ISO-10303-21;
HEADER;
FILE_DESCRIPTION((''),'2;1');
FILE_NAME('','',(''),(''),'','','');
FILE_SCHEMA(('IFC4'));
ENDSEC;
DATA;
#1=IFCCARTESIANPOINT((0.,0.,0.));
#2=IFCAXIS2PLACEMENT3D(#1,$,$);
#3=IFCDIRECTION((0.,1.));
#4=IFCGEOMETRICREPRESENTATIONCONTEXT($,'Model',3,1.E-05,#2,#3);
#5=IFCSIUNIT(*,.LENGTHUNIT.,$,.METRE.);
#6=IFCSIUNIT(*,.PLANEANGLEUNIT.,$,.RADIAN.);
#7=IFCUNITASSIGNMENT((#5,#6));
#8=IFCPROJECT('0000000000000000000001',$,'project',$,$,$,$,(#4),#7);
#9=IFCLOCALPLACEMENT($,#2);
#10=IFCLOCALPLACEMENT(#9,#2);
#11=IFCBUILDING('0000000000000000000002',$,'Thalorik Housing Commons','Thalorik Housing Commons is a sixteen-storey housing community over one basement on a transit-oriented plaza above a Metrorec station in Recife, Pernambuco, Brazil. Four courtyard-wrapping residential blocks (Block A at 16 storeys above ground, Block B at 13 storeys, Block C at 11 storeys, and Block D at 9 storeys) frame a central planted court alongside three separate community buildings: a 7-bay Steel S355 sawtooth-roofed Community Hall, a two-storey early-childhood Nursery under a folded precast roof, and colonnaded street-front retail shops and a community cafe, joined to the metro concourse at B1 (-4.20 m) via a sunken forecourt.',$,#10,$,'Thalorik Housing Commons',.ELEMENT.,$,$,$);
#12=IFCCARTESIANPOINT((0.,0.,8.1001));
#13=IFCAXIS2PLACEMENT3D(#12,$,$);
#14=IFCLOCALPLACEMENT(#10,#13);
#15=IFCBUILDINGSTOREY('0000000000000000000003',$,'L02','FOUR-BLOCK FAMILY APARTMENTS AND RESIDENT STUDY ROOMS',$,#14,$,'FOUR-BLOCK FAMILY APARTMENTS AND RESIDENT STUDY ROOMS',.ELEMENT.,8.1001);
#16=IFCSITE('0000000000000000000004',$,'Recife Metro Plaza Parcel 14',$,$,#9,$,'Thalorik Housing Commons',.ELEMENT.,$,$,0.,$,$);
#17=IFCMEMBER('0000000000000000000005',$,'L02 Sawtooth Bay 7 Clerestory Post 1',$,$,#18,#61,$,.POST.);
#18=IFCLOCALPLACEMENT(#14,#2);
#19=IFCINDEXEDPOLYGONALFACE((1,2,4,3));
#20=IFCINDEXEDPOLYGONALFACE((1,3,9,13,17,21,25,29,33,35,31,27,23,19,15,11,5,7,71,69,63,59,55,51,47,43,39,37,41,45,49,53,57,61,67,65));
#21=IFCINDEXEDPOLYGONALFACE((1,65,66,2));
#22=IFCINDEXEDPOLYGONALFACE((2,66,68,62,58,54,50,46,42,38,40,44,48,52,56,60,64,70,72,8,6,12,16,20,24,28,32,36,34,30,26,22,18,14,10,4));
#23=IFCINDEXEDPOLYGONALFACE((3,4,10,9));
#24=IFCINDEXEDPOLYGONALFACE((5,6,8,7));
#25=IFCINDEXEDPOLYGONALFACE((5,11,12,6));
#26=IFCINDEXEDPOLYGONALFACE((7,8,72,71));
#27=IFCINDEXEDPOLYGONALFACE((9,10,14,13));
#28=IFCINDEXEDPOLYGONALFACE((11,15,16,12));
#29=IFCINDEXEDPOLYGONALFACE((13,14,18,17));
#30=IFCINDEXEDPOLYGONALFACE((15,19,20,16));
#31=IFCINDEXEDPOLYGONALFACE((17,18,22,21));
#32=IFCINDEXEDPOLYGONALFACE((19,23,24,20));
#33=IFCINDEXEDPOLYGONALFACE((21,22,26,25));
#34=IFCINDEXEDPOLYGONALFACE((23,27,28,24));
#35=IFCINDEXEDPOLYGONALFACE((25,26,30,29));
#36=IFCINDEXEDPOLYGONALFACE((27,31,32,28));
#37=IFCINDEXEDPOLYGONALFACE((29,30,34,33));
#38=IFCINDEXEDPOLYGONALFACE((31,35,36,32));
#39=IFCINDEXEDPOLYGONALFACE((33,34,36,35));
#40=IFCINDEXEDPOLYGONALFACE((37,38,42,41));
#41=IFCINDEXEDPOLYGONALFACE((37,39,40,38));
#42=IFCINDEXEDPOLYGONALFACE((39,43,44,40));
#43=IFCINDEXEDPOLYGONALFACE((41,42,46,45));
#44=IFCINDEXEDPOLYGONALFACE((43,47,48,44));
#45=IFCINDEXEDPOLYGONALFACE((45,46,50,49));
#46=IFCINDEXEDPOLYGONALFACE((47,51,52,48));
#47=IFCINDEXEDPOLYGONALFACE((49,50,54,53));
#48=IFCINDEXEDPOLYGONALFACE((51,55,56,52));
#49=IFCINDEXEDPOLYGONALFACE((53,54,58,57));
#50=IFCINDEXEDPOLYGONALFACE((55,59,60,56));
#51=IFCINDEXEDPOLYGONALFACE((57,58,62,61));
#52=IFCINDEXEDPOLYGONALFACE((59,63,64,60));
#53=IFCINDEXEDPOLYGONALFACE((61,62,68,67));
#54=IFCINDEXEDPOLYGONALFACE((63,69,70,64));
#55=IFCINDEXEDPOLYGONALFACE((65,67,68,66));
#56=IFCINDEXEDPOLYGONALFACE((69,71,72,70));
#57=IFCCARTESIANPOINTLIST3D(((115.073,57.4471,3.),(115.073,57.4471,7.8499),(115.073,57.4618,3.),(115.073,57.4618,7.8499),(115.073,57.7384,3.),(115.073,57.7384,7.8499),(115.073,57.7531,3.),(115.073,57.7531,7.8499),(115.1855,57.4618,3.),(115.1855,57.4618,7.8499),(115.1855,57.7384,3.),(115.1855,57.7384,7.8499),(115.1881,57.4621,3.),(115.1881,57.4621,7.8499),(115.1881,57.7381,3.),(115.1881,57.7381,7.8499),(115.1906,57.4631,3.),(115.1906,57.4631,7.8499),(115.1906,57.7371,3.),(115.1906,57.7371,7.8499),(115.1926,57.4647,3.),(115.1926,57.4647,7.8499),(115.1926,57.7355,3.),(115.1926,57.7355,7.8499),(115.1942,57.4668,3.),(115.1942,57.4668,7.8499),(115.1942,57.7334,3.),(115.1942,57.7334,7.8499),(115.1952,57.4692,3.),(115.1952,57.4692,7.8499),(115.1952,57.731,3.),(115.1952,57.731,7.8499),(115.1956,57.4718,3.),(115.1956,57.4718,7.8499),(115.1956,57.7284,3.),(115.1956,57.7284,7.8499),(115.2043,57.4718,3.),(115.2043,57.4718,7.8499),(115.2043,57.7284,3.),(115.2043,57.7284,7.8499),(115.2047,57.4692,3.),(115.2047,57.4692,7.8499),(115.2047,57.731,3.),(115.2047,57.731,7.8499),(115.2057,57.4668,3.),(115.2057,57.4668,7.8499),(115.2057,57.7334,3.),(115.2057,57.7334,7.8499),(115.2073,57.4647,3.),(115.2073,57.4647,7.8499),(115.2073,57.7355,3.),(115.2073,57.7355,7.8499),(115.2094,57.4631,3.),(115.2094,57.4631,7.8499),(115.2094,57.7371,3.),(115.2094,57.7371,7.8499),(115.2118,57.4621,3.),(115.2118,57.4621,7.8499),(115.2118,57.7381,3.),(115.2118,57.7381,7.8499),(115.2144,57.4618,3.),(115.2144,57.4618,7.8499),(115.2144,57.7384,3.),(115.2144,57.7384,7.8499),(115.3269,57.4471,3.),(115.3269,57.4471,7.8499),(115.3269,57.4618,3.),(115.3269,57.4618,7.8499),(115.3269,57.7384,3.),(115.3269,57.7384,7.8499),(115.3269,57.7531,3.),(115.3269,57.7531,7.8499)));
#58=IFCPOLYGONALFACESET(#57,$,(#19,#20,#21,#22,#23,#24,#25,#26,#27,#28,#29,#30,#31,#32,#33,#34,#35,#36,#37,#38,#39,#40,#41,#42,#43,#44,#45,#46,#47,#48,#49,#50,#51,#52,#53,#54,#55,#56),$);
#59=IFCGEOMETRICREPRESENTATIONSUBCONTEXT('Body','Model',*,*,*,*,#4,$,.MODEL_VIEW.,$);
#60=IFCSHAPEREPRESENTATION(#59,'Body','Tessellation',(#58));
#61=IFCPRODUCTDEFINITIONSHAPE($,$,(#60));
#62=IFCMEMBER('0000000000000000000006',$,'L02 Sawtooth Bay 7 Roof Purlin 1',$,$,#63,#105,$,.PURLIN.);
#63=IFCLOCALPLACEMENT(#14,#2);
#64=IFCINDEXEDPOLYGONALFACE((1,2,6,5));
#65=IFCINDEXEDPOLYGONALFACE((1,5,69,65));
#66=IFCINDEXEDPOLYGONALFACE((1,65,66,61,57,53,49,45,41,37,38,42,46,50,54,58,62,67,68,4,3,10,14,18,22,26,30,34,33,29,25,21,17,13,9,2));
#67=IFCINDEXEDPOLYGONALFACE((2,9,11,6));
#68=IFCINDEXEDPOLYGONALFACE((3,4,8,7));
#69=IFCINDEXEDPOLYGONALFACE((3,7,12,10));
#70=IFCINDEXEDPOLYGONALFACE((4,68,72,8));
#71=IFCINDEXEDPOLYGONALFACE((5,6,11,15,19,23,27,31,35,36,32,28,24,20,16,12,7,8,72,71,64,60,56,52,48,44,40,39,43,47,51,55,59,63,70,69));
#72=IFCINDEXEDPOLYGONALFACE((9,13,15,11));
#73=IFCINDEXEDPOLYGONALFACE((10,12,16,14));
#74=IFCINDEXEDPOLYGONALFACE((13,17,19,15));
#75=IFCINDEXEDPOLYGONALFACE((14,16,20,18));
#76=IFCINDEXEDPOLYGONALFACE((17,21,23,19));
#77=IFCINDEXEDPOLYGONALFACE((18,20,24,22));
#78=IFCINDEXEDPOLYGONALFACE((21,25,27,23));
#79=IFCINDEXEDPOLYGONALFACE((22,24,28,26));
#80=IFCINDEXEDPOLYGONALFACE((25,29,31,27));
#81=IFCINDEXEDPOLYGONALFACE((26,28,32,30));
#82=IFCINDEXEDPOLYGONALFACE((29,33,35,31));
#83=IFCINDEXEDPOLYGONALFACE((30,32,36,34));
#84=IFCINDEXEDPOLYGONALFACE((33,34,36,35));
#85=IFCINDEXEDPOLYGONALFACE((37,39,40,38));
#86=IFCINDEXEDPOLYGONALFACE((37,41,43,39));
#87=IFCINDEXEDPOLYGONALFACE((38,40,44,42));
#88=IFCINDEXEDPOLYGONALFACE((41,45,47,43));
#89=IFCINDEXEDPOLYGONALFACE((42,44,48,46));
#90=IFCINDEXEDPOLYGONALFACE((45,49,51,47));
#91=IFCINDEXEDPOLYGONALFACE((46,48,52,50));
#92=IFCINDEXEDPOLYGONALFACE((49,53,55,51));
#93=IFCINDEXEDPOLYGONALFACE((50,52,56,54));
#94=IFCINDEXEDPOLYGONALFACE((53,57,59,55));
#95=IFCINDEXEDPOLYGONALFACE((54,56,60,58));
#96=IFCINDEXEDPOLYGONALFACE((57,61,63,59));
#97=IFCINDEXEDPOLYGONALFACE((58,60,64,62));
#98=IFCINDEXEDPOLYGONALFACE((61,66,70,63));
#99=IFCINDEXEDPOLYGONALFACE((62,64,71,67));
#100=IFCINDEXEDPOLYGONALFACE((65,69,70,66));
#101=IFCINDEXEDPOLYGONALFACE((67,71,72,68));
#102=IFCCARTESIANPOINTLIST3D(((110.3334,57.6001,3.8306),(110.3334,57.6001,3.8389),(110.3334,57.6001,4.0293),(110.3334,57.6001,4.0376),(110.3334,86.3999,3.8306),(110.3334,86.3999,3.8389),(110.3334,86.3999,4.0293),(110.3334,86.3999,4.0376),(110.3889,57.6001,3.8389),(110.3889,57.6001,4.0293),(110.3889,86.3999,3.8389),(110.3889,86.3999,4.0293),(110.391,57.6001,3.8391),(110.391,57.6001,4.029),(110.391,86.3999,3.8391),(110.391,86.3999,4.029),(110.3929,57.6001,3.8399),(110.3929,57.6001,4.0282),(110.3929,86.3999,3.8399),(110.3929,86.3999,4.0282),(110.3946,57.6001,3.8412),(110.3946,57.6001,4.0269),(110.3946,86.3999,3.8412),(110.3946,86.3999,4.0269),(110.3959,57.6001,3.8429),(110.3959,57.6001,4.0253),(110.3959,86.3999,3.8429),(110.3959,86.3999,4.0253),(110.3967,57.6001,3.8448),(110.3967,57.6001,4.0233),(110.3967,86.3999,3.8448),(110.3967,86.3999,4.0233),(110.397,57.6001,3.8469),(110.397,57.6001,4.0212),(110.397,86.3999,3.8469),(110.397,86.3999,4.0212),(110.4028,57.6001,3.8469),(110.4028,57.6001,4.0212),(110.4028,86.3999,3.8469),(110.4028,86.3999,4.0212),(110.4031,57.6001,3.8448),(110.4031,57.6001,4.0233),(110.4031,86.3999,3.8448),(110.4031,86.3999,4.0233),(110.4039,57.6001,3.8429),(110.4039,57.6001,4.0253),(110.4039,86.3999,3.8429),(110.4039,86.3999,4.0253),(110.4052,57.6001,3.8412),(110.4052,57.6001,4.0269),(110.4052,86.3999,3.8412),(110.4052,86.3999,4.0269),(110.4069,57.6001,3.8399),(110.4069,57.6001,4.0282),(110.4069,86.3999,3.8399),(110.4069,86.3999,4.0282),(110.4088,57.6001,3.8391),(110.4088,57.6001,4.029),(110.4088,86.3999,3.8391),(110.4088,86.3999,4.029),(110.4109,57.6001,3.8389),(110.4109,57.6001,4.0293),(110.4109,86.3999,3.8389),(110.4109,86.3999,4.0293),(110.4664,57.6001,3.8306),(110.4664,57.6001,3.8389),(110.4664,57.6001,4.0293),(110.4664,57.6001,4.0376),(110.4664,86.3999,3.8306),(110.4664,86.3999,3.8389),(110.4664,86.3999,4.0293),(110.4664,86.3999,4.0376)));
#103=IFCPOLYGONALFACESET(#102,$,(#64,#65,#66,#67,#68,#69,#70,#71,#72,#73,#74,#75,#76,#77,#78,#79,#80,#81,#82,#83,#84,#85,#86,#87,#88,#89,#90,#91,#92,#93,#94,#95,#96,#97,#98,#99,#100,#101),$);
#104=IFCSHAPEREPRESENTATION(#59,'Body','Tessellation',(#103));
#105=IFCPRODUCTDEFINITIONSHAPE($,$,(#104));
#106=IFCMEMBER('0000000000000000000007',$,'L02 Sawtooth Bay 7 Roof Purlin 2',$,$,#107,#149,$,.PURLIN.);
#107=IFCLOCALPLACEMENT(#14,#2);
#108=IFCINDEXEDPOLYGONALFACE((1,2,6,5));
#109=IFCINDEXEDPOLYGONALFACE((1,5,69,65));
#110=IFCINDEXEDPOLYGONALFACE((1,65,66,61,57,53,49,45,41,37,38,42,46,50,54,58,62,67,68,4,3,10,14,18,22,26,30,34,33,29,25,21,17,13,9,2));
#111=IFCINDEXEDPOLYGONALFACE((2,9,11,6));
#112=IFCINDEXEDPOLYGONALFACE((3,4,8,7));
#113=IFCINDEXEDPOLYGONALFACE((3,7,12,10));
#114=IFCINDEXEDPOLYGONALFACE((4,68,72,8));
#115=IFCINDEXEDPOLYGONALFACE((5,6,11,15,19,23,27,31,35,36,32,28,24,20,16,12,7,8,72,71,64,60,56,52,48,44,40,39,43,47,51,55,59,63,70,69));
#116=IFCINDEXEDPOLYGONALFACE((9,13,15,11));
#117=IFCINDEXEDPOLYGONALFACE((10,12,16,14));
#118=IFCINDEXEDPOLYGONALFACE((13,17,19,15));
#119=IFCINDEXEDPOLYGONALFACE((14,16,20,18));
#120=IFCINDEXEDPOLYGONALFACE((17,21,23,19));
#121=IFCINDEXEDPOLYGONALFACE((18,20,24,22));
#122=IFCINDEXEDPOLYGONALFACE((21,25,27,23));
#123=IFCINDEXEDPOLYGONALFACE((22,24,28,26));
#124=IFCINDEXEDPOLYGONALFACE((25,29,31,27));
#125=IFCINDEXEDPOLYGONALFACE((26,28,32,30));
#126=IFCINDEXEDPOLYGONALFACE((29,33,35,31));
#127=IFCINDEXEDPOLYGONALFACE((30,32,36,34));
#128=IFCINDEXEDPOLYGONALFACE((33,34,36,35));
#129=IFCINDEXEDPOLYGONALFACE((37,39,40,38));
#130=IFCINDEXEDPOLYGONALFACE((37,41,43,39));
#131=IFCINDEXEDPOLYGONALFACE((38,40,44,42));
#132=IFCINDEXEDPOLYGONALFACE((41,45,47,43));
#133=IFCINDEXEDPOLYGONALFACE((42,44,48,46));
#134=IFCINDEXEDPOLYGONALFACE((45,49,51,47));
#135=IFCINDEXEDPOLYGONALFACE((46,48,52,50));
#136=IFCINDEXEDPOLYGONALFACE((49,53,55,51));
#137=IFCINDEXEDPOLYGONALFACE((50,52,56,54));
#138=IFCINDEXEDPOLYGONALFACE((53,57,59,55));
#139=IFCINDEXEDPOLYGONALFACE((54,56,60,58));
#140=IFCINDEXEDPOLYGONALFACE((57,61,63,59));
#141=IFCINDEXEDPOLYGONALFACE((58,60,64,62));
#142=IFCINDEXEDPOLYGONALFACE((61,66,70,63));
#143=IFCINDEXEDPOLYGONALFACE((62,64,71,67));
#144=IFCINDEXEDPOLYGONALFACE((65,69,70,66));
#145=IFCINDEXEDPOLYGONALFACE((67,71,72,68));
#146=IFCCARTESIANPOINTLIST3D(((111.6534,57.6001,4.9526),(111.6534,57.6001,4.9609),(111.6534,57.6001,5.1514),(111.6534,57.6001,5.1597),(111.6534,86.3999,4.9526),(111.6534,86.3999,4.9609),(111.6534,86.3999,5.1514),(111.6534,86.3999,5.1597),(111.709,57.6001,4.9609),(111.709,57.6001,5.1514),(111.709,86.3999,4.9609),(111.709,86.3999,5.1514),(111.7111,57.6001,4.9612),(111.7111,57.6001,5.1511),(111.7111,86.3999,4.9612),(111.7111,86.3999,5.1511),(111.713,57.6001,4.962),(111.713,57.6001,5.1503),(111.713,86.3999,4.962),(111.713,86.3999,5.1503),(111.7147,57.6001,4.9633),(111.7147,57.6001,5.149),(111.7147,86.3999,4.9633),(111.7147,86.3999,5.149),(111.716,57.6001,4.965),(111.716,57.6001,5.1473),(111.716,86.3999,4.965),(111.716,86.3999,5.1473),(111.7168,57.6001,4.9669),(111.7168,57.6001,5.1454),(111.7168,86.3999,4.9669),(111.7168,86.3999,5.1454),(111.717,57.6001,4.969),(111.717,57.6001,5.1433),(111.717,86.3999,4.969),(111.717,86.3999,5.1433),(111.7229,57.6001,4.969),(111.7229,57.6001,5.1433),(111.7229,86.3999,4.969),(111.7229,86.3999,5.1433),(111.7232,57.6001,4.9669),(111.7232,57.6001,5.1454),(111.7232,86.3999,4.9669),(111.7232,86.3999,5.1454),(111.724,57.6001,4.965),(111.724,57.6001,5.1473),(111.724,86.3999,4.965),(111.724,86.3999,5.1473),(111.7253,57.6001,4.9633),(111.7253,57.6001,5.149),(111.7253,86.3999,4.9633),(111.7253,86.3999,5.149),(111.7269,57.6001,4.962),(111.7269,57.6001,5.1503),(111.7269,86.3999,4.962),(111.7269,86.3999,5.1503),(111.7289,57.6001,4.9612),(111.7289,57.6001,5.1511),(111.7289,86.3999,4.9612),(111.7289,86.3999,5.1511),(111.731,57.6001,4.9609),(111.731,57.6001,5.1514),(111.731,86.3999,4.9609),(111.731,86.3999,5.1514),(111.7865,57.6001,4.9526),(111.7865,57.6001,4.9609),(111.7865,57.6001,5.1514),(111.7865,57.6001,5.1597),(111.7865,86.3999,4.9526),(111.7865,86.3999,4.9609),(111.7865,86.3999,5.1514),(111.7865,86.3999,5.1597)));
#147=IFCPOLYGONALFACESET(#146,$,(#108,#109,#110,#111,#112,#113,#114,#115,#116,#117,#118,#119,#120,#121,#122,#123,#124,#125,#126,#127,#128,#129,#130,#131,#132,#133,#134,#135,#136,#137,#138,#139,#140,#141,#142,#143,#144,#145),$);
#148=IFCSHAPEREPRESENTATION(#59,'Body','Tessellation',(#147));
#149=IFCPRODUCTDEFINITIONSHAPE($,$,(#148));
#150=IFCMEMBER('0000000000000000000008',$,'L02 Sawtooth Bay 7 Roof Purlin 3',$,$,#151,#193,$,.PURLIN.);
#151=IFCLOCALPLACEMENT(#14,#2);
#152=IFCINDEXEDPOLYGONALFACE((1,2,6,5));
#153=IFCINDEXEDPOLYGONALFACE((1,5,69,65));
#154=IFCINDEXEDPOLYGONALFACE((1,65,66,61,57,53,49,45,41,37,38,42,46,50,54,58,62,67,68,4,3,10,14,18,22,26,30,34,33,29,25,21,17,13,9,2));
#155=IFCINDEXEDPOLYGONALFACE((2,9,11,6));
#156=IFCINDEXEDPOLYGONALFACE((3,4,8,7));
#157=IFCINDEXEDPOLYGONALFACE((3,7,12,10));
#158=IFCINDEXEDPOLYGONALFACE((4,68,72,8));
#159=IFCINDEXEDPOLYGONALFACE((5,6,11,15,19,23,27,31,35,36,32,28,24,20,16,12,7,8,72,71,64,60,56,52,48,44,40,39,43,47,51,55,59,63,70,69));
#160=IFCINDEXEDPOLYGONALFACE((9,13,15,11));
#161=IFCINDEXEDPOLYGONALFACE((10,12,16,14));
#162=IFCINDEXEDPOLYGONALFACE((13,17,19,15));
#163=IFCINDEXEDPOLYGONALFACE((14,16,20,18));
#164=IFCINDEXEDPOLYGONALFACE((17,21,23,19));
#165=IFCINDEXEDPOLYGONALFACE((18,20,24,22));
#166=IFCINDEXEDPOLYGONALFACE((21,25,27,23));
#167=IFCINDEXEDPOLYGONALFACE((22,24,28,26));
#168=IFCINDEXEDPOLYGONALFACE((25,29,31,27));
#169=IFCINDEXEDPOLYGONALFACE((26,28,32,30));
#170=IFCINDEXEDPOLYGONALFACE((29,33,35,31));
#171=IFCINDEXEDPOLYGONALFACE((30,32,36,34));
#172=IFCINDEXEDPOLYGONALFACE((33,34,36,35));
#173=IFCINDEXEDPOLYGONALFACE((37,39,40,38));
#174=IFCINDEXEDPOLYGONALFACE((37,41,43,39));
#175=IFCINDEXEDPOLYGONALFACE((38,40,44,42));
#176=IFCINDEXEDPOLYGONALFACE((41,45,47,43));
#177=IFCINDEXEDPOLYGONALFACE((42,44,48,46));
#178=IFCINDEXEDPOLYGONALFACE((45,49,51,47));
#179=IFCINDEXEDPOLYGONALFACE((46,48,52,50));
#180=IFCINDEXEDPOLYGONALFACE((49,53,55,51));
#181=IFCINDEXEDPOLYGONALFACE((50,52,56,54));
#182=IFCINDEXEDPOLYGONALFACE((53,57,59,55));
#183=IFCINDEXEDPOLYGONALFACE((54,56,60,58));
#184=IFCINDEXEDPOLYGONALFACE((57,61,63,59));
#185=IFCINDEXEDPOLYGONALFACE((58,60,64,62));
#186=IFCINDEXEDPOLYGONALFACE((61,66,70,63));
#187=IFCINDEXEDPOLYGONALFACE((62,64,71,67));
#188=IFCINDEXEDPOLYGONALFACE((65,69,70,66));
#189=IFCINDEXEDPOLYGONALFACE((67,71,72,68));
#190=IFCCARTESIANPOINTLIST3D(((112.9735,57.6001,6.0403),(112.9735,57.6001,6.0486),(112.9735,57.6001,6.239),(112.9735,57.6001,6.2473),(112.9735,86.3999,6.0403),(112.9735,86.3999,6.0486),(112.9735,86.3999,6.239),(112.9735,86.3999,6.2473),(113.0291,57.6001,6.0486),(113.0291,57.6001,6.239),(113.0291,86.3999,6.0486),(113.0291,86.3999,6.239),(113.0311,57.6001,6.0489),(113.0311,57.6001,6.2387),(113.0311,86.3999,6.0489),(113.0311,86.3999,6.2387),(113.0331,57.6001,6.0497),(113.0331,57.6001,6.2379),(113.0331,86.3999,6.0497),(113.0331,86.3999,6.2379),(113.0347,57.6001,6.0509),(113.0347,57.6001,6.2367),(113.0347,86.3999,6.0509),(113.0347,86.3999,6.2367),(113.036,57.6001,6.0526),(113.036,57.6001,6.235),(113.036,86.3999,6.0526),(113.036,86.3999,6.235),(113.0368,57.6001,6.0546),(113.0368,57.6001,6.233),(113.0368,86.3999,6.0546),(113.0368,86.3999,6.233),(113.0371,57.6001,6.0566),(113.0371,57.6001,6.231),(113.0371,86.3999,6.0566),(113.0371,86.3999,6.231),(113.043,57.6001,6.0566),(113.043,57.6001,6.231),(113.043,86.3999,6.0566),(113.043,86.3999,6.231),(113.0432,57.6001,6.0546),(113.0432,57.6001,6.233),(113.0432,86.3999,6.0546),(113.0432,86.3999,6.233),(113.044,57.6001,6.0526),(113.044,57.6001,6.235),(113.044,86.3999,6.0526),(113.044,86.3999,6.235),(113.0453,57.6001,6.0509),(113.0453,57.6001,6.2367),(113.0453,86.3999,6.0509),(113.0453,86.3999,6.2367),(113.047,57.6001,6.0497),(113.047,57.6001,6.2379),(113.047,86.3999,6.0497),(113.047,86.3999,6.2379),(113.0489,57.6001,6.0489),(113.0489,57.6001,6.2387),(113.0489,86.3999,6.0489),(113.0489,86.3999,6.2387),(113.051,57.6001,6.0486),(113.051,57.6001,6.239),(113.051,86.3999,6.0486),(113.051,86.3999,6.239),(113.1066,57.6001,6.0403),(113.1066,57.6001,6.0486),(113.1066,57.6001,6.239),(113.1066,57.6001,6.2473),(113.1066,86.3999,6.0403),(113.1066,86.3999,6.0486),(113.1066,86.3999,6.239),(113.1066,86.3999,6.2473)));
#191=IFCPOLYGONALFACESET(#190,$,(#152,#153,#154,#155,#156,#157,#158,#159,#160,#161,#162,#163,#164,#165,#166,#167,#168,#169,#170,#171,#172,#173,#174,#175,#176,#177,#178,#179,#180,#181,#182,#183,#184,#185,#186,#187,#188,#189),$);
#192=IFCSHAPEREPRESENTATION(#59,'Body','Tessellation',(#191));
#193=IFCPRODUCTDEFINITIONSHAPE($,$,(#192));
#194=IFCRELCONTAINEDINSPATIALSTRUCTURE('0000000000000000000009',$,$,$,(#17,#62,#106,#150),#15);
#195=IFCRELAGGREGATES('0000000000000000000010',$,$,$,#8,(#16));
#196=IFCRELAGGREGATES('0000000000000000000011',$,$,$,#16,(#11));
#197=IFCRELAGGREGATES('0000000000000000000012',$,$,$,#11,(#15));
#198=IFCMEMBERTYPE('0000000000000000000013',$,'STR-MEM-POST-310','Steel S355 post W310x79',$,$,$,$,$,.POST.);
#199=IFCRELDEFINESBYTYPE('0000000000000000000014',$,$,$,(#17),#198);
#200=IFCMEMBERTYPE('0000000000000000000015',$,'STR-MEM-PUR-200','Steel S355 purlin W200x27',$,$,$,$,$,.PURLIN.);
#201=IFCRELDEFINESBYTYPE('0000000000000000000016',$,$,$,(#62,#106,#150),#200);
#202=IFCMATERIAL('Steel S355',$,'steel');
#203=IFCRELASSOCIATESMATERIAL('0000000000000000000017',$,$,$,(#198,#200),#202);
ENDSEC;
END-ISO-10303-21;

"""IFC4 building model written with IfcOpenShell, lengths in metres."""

from ifc_helpers import new_model, si_unit, direction, frame, origin, origin_2d, place, context, subcontext, project, spatial, i_section, extrude, material, material_profile, profile_set, type_object, element, save


model = new_model("IFC4")

# Units and contexts
model_context = context("Model", 3, precision=1e-05, world=origin(), true_north=direction((0.0, 1.0)))
body_context = subcontext(model_context, "Body", "Model", "MODEL_VIEW")
ifc_project = project(units=[si_unit("LENGTHUNIT", "METRE"), si_unit("PLANEANGLEUNIT", "RADIAN")], contexts=[model_context])

# Site, building, storey
site_placement = place(None, origin())
site = spatial("IfcSite", under=ifc_project, at=site_placement, Name="Recife Metro Plaza Parcel 14", LongName="Thalorik Housing Commons", CompositionType="ELEMENT", RefElevation=0.0)
building_placement = place(site_placement, origin())
building = spatial("IfcBuilding", under=site, at=building_placement, Name="Thalorik Housing Commons", Description="Thalorik Housing Commons is a sixteen-storey housing community over one basement on a transit-oriented plaza above a Metrorec station in Recife, Pernambuco, Brazil. Four courtyard-wrapping residential blocks (Block A at 16 storeys above ground, Block B at 13 storeys, Block C at 11 storeys, and Block D at 9 storeys) frame a central planted court alongside three separate community buildings: a 7-bay Steel S355 sawtooth-roofed Community Hall, a two-storey early-childhood Nursery under a folded precast roof, and colonnaded street-front retail shops and a community cafe, joined to the metro concourse at B1 (-4.20 m) via a sunken forecourt.", LongName="Thalorik Housing Commons", CompositionType="ELEMENT")
storey_placement = place(building_placement, frame((0.0, 0.0, 8.1001)))
storey = spatial("IfcBuildingStorey", under=building, at=storey_placement, Name="L02", Description="FOUR-BLOCK FAMILY APARTMENTS AND RESIDENT STUDY ROOMS", LongName="FOUR-BLOCK FAMILY APARTMENTS AND RESIDENT STUDY ROOMS", CompositionType="ELEMENT", Elevation=8.1001)

# Shared definitions
ifc_material_1 = material(Name="Steel S355", Category="steel")

# Members
ifc_material_profile_1 = material_profile(ifc_material_1, i_section(OverallWidth=0.2539, OverallDepth=0.3059, WebThickness=0.0088, FlangeThickness=0.0146, FilletRadius=0.01, at=origin_2d()), Name="W310x79", Category="steel")
ifc_profile_set_1 = profile_set([ifc_material_profile_1], Name="Steel S355")
member_type_1 = type_object("IfcMemberType", Name="STR-MEM-POST-310", Description="Steel S355 post W310x79", PredefinedType="POST", material=ifc_profile_set_1)
for number, where, z_axis, x_axis, name in (
    (1, (115.2, 57.6001, 3.0), (0.0, 0.0, 1.0), (1.0, 0.0, 0.0), "L02 Sawtooth Bay 7 Clerestory Post 1"),
):
    element("IfcMember", number, at=place(storey_placement, frame(where, z_axis=z_axis, x_axis=x_axis)), inside=storey, type_object=member_type_1, Name=name, PredefinedType="POST", context=body_context, shape_type="SweptSolid", body=[
        extrude(i_section(OverallWidth=0.2539, OverallDepth=0.3059, WebThickness=0.0088, FlangeThickness=0.0146, FilletRadius=0.01, at=origin_2d()), origin(), (0.0, 0.0, 1.0), 4.8499),
    ])
ifc_material_profile_2 = material_profile(ifc_material_1, i_section(OverallWidth=0.1331, OverallDepth=0.207, WebThickness=0.0059, FlangeThickness=0.0083, FilletRadius=0.0081, at=origin_2d()), Name="W200x27", Category="steel")
ifc_profile_set_2 = profile_set([ifc_material_profile_2], Name="Steel S355")
member_type_2 = type_object("IfcMemberType", Name="STR-MEM-PUR-200", Description="Steel S355 purlin W200x27", PredefinedType="PURLIN", material=ifc_profile_set_2)
for number, where, z_axis, x_axis, name in (
    (2, (110.3999, 57.6001, 3.9341), (0.0, 1.0, 0.0), (-1.0, 0.0, 0.0), "L02 Sawtooth Bay 7 Roof Purlin 1"),
    (3, (111.72, 57.6001, 5.0562), (0.0, 1.0, 0.0), (-1.0, 0.0, 0.0), "L02 Sawtooth Bay 7 Roof Purlin 2"),
    (4, (113.04, 57.6001, 6.1438), (0.0, 1.0, 0.0), (-1.0, 0.0, 0.0), "L02 Sawtooth Bay 7 Roof Purlin 3"),
):
    element("IfcMember", number, at=place(storey_placement, frame(where, z_axis=z_axis, x_axis=x_axis)), inside=storey, type_object=member_type_2, Name=name, PredefinedType="PURLIN", context=body_context, shape_type="SweptSolid", body=[
        extrude(i_section(OverallWidth=0.1331, OverallDepth=0.207, WebThickness=0.0059, FlangeThickness=0.0083, FilletRadius=0.0081, at=origin_2d()), origin(), (0.0, 0.0, 1.0), 28.7998),
    ])

save(model, "model.ifc")
